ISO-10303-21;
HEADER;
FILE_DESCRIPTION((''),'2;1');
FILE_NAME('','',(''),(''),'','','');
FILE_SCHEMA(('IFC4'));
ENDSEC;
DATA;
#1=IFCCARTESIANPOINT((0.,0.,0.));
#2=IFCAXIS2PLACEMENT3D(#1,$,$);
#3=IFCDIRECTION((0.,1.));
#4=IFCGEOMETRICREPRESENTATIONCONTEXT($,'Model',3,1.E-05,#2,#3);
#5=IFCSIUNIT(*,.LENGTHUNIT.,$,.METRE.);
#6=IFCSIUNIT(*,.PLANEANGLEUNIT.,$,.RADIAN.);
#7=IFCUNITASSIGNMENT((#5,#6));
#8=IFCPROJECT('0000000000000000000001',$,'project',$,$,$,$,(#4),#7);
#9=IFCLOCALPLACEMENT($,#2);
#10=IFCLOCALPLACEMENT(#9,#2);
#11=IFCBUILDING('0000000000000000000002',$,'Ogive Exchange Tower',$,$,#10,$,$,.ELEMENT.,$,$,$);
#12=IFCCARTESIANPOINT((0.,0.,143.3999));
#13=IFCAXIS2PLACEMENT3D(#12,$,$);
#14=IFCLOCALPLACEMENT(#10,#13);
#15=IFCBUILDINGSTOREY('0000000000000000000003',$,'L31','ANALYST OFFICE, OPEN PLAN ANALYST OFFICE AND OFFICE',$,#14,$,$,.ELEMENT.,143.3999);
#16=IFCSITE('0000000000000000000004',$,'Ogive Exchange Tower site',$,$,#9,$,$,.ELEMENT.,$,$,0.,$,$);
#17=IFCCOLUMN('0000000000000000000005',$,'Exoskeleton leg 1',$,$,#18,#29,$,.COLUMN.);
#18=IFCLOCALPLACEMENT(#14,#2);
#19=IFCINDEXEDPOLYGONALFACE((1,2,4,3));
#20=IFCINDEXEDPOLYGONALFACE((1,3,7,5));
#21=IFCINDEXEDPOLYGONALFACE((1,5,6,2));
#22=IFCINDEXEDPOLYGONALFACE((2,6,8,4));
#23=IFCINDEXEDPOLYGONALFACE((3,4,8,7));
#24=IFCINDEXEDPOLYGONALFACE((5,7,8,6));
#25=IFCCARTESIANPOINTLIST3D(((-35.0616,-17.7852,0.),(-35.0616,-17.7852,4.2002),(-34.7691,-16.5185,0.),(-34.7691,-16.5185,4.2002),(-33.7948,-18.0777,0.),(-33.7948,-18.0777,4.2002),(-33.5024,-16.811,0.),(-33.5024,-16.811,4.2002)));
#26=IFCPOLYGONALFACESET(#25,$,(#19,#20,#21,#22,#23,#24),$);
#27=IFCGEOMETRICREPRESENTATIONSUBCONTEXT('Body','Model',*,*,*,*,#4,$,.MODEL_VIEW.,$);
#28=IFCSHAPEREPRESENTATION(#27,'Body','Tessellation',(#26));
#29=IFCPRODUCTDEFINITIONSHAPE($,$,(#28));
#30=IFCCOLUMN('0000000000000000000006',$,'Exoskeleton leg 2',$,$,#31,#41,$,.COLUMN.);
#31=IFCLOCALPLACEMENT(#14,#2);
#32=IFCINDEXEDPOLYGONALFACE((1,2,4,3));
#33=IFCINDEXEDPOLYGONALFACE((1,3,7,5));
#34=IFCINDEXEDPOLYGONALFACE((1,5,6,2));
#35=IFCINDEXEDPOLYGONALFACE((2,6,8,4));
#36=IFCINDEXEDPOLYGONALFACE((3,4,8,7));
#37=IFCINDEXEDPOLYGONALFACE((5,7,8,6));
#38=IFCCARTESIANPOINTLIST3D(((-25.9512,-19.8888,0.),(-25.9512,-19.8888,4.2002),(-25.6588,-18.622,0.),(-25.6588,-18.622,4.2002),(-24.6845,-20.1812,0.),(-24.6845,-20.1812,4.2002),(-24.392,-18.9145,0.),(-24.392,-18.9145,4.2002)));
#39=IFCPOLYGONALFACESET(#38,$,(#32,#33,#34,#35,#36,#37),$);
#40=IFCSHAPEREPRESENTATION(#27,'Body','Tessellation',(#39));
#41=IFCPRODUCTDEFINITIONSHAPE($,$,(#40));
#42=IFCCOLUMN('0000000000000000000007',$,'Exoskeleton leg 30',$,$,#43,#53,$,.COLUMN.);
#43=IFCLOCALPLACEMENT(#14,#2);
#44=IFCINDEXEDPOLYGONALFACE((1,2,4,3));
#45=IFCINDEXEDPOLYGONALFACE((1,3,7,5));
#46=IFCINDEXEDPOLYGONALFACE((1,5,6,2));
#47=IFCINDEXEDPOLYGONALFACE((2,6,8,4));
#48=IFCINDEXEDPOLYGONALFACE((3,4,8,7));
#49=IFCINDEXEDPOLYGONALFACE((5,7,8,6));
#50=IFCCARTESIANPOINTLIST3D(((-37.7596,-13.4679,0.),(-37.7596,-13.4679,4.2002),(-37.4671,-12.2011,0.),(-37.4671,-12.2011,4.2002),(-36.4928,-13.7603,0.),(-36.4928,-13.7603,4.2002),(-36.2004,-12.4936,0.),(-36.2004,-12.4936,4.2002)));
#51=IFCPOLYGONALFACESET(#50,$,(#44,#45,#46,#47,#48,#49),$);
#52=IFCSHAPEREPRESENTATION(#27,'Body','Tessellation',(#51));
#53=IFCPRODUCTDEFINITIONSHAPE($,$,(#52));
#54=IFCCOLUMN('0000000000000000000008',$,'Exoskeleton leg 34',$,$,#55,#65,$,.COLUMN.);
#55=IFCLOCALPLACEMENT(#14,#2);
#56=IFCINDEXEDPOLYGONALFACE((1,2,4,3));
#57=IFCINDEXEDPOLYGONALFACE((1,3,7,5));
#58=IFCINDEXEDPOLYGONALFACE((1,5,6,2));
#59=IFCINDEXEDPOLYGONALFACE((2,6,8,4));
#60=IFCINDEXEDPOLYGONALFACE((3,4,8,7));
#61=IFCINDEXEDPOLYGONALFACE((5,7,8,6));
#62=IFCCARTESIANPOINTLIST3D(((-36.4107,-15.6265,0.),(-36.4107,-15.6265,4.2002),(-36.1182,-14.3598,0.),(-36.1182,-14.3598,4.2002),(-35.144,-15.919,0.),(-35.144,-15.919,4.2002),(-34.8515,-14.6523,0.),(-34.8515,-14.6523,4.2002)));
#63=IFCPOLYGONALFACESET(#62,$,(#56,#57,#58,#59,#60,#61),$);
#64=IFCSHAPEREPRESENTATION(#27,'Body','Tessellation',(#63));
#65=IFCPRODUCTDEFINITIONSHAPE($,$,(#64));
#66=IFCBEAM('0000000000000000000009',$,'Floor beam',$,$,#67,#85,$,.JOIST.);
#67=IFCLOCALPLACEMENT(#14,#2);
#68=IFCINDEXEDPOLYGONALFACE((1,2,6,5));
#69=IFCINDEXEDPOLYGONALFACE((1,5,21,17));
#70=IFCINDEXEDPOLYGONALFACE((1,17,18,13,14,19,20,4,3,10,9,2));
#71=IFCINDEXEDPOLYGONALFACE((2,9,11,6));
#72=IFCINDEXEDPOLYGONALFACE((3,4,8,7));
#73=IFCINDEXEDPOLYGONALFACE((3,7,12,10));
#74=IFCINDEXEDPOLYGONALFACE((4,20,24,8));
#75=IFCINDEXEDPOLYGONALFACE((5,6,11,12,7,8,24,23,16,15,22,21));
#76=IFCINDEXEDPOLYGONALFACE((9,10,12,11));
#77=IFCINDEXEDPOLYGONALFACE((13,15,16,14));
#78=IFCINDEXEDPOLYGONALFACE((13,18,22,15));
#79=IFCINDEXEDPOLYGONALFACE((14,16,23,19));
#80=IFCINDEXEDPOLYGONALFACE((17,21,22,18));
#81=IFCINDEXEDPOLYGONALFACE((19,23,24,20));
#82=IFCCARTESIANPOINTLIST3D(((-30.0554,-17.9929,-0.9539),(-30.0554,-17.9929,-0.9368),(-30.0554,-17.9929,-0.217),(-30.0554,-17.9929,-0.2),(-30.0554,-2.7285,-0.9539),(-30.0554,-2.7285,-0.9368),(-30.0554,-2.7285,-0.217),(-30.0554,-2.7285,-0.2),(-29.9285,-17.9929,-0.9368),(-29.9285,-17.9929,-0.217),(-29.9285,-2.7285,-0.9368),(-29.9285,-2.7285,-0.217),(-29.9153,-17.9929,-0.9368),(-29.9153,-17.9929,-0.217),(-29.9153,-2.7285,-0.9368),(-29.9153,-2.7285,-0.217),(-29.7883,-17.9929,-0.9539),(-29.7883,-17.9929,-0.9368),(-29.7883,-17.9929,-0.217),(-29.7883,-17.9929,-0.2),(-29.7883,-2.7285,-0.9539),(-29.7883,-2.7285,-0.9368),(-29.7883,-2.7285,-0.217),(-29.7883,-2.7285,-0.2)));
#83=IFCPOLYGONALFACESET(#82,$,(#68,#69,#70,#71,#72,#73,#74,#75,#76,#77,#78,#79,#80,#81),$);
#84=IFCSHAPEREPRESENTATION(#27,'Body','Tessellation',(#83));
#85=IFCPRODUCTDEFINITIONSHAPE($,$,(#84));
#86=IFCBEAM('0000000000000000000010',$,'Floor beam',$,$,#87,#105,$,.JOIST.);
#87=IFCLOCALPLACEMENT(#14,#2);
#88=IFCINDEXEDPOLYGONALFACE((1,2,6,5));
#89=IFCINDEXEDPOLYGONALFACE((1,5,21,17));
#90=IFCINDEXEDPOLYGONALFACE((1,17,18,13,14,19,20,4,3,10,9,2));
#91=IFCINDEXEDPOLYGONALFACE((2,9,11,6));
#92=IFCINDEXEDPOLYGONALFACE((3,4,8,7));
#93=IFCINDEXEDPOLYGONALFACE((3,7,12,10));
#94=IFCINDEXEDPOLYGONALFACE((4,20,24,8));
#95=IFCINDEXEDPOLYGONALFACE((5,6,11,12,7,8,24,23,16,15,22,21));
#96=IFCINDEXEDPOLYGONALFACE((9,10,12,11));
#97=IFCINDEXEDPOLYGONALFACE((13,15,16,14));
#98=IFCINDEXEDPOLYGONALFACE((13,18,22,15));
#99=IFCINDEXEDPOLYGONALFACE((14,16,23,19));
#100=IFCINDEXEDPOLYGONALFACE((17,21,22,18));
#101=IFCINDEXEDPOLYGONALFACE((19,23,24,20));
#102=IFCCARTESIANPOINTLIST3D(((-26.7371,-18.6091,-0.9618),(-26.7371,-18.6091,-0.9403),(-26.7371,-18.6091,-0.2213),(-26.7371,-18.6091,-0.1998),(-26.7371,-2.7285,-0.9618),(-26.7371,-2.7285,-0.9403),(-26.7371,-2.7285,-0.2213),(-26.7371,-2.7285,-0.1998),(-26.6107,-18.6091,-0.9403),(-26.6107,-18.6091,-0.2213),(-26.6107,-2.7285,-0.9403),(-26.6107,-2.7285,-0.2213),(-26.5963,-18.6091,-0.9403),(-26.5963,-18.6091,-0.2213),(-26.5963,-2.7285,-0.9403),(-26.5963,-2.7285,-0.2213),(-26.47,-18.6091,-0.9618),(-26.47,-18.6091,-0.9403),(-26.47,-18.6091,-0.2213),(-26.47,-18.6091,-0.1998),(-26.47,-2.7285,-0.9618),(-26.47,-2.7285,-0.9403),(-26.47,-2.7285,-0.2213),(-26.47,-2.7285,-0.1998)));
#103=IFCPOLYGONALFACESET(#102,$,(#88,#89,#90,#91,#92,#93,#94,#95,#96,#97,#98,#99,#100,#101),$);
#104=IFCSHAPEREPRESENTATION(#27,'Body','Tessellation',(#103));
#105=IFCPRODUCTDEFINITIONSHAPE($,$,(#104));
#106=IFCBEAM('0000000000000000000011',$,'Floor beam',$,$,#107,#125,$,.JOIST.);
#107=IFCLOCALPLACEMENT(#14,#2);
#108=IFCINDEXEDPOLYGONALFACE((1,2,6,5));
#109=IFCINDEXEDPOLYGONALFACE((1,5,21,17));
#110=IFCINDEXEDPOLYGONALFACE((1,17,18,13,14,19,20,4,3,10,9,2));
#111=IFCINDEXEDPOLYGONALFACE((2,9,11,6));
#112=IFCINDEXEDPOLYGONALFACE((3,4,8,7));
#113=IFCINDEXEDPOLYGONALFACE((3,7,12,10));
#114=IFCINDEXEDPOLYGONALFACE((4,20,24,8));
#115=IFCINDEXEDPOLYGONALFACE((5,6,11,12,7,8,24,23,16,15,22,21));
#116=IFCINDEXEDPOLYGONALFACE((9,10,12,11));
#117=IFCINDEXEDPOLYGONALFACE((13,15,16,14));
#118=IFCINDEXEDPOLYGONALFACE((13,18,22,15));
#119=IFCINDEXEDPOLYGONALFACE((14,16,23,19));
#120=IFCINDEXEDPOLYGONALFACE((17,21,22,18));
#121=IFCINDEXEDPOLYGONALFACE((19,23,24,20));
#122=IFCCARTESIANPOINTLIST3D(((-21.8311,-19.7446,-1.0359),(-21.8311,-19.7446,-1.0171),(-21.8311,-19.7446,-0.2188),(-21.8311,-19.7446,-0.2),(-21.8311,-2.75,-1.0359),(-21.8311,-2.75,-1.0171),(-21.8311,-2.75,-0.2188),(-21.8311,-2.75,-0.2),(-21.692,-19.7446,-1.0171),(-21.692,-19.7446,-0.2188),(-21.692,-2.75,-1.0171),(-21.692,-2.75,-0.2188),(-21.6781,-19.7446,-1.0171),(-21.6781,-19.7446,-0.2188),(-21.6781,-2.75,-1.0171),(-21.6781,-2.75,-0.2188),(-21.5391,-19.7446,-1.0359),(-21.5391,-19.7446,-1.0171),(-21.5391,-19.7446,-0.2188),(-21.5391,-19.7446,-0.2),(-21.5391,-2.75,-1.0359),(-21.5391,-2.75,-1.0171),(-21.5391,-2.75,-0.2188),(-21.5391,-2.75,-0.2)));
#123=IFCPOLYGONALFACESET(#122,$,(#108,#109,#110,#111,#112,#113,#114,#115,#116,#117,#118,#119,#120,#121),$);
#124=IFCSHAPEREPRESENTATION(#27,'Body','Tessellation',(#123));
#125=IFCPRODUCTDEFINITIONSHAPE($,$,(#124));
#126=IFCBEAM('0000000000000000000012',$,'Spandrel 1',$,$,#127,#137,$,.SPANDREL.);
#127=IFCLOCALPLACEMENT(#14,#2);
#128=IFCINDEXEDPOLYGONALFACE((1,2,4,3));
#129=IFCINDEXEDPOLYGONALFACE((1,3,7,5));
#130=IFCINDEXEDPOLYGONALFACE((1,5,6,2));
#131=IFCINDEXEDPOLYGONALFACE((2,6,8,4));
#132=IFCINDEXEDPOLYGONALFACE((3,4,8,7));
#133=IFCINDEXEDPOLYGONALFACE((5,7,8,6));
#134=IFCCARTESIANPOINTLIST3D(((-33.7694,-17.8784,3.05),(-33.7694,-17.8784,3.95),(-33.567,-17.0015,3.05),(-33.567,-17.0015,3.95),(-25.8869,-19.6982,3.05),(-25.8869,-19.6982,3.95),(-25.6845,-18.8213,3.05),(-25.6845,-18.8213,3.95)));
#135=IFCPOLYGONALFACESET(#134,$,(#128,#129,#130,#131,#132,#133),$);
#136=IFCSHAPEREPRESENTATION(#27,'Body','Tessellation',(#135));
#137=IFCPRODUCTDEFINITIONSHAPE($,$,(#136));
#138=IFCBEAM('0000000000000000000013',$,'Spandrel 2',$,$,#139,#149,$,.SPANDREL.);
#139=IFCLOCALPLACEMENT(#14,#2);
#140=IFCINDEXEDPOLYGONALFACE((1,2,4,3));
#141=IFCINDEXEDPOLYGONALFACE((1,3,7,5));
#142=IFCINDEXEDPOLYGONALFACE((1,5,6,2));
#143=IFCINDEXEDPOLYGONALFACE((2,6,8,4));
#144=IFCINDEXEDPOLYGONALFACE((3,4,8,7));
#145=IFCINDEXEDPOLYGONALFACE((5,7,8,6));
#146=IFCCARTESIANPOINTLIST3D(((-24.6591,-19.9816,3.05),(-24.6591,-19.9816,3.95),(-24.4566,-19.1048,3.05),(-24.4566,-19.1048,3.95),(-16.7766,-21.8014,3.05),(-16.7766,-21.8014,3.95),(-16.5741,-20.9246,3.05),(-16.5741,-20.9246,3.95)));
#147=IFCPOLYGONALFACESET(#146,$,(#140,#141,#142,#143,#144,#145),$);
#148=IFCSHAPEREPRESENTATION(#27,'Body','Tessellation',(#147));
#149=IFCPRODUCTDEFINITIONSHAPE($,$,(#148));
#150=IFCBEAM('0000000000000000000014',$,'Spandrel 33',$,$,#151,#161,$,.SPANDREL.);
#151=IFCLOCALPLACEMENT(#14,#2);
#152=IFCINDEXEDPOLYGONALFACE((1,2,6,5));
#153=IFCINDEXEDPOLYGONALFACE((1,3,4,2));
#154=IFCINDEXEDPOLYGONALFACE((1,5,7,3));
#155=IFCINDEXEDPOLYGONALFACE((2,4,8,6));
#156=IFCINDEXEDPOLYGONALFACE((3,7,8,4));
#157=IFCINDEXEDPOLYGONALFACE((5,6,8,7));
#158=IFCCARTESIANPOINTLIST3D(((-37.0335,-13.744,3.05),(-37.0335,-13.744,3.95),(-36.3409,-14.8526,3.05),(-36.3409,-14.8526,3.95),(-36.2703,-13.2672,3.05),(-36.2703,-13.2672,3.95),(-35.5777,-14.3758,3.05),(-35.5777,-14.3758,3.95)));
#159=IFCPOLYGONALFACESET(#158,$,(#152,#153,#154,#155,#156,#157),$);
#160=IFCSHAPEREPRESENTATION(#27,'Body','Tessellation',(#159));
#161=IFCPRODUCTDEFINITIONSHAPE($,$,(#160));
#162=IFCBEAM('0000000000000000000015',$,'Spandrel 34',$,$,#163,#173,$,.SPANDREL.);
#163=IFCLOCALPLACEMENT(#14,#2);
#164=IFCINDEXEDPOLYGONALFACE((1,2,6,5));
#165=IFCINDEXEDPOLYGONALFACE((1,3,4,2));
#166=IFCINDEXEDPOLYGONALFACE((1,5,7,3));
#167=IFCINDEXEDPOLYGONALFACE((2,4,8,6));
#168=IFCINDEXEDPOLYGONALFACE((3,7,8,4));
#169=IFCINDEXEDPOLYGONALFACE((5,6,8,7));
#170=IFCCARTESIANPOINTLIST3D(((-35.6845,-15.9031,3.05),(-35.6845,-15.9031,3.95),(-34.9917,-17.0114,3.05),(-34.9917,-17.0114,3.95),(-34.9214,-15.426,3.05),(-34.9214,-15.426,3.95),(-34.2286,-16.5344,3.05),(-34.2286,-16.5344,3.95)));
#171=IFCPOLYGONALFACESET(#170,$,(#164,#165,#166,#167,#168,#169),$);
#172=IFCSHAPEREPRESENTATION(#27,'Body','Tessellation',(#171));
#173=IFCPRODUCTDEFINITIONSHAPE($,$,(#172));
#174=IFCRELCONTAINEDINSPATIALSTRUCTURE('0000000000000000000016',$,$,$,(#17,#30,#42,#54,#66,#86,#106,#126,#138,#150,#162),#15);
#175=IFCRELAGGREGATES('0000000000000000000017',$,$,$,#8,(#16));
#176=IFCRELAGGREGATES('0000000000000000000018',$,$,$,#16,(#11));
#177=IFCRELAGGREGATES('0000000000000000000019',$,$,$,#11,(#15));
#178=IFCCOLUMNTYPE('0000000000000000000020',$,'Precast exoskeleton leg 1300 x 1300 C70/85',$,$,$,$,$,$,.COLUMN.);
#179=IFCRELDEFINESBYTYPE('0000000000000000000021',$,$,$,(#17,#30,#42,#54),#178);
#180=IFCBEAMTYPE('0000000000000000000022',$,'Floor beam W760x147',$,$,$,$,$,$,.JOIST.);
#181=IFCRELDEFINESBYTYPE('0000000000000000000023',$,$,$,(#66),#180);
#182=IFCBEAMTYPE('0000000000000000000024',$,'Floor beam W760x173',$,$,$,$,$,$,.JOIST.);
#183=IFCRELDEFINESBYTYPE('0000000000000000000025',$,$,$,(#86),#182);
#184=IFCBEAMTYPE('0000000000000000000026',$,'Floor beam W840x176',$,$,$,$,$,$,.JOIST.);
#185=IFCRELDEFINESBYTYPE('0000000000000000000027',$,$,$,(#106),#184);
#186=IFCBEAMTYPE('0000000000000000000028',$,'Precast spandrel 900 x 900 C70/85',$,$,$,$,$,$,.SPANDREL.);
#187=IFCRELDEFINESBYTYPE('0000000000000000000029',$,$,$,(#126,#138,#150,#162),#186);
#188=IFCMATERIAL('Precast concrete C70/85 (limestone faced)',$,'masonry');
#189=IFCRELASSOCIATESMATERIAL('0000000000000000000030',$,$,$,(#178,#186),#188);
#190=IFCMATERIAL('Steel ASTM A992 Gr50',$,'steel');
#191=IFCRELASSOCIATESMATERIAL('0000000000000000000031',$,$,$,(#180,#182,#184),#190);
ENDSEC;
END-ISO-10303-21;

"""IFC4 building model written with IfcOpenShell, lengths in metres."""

from ifc_helpers import new_model, si_unit, direction, frame, origin, origin_2d, place, context, subcontext, project, spatial, rectangle, i_section, extrude, material, material_profile, profile_set, type_object, element, save


model = new_model("IFC4")

# Units and contexts
model_context = context("Model", 3, precision=1e-05, world=origin(), true_north=direction((0.0, 1.0)))
body_context = subcontext(model_context, "Body", "Model", "MODEL_VIEW")
ifc_project = project(units=[si_unit("LENGTHUNIT", "METRE"), si_unit("PLANEANGLEUNIT", "RADIAN")], contexts=[model_context])

# Site, building, storey
site_placement = place(None, origin())
site = spatial("IfcSite", under=ifc_project, at=site_placement, Name="Ogive Exchange Tower site", CompositionType="ELEMENT", RefElevation=0.0)
building_placement = place(site_placement, origin())
building = spatial("IfcBuilding", under=site, at=building_placement, Name="Ogive Exchange Tower", CompositionType="ELEMENT")
storey_placement = place(building_placement, frame((0.0, 0.0, 143.3999)))
storey = spatial("IfcBuildingStorey", under=building, at=storey_placement, Name="L31", Description="ANALYST OFFICE, OPEN PLAN ANALYST OFFICE AND OFFICE", CompositionType="ELEMENT", Elevation=143.3999)

# Columns
ifc_material_1 = material(Name="Precast concrete C70/85 (limestone faced)", Category="masonry")
ifc_material_profile_1 = material_profile(ifc_material_1, rectangle(XDim=1.3, YDim=1.3, at=origin_2d()), Name="1300 x 1300")
ifc_profile_set_1 = profile_set([ifc_material_profile_1], Name="Precast concrete C70/85 (limestone faced)")
column_type = type_object("IfcColumnType", Name="Precast exoskeleton leg 1300 x 1300 C70/85", PredefinedType="COLUMN", material=ifc_profile_set_1)
for number, where, z_axis, x_axis, name in (
    (1, (-34.282, -17.2981, 0.0), (0.0, 0.0, 1.0), (0.97437, -0.224951, 0.0), "Exoskeleton leg 1"),
    (2, (-25.1716, -19.4016, 0.0), (0.0, 0.0, 1.0), (0.97437, -0.224951, 0.0), "Exoskeleton leg 2"),
    (3, (-36.98, -12.9807, 0.0), (0.0, 0.0, 1.0), (0.97437, -0.224951, 0.0), "Exoskeleton leg 30"),
    (4, (-35.6311, -15.1394, 0.0), (0.0, 0.0, 1.0), (0.97437, -0.224951, 0.0), "Exoskeleton leg 34"),
):
    element("IfcColumn", number, at=place(storey_placement, frame(where, z_axis=z_axis, x_axis=x_axis)), inside=storey, type_object=column_type, Name=name, PredefinedType="COLUMN", context=body_context, shape_type="SweptSolid", body=[
        extrude(rectangle(XDim=1.3, YDim=1.3, at=origin_2d()), origin(), (0.0, 0.0, 1.0), 4.2002),
    ])

# Beams
ifc_material_2 = material(Name="Steel ASTM A992 Gr50", Category="steel")
ifc_material_profile_2 = material_profile(ifc_material_2, i_section(OverallWidth=0.2671, OverallDepth=0.7539, WebThickness=0.0132, FlangeThickness=0.0171, at=origin_2d()), Name="W760x147")
ifc_profile_set_2 = profile_set([ifc_material_profile_2], Name="Steel ASTM A992 Gr50")
beam_type_1 = type_object("IfcBeamType", Name="Floor beam W760x147", PredefinedType="JOIST", material=ifc_profile_set_2)
beam_1_placement = place(storey_placement, frame((-29.9219, -17.9929, -0.5769), z_axis=(0.0, 1.0, 0.0), x_axis=(-1.0, 0.0, 0.0)))
element("IfcBeam", 5, at=beam_1_placement, inside=storey, type_object=beam_type_1, Name="Floor beam", PredefinedType="JOIST", context=body_context, shape_type="SweptSolid", body=[
    extrude(i_section(OverallWidth=0.2671, OverallDepth=0.7539, WebThickness=0.0132, FlangeThickness=0.0171, at=origin_2d()), origin(), (0.0, 0.0, 1.0), 15.2644),
])
ifc_material_profile_3 = material_profile(ifc_material_2, i_section(OverallWidth=0.2671, OverallDepth=0.762, WebThickness=0.0144, FlangeThickness=0.0215, at=origin_2d()), Name="W760x173")
ifc_profile_set_3 = profile_set([ifc_material_profile_3], Name="Steel ASTM A992 Gr50")
beam_type_2 = type_object("IfcBeamType", Name="Floor beam W760x173", PredefinedType="JOIST", material=ifc_profile_set_3)
beam_2_placement = place(storey_placement, frame((-26.6035, -18.6091, -0.5808), z_axis=(0.0, 1.0, 0.0), x_axis=(-1.0, 0.0, 0.0)))
element("IfcBeam", 6, at=beam_2_placement, inside=storey, type_object=beam_type_2, Name="Floor beam", PredefinedType="JOIST", context=body_context, shape_type="SweptSolid", body=[
    extrude(i_section(OverallWidth=0.2671, OverallDepth=0.762, WebThickness=0.0144, FlangeThickness=0.0215, at=origin_2d()), origin(), (0.0, 0.0, 1.0), 15.8806),
])
ifc_material_profile_4 = material_profile(ifc_material_2, i_section(OverallWidth=0.292, OverallDepth=0.8359, WebThickness=0.0139, FlangeThickness=0.0188, at=origin_2d()), Name="W840x176")
ifc_profile_set_4 = profile_set([ifc_material_profile_4], Name="Steel ASTM A992 Gr50")
beam_type_3 = type_object("IfcBeamType", Name="Floor beam W840x176", PredefinedType="JOIST", material=ifc_profile_set_4)
beam_3_placement = place(storey_placement, frame((-21.6851, -19.7446, -0.6179), z_axis=(0.0, 1.0, 0.0), x_axis=(-1.0, 0.0, 0.0)))
element("IfcBeam", 7, at=beam_3_placement, inside=storey, type_object=beam_type_3, Name="Floor beam", PredefinedType="JOIST", context=body_context, shape_type="SweptSolid", body=[
    extrude(i_section(OverallWidth=0.292, OverallDepth=0.8359, WebThickness=0.0139, FlangeThickness=0.0188, at=origin_2d()), origin(), (0.0, 0.0, 1.0), 16.9946),
])
ifc_material_profile_5 = material_profile(ifc_material_1, rectangle(XDim=0.8999, YDim=0.8999, at=origin_2d()), Name="900 x 900")
ifc_profile_set_5 = profile_set([ifc_material_profile_5], Name="Precast concrete C70/85 (limestone faced)")
beam_type_4 = type_object("IfcBeamType", Name="Precast spandrel 900 x 900 C70/85", PredefinedType="SPANDREL", material=ifc_profile_set_5)
for number, where, z_axis, x_axis, name in (
    (8, (-33.6682, -17.4399, 3.5), (0.97437, -0.22495, 0.0), (0.22495, 0.97437, 0.0), "Spandrel 1"),
    (9, (-24.5579, -19.5432, 3.5), (0.97437, -0.22495, 0.0), (0.22495, 0.97437, 0.0), "Spandrel 2"),
):
    element("IfcBeam", number, at=place(storey_placement, frame(where, z_axis=z_axis, x_axis=x_axis)), inside=storey, type_object=beam_type_4, Name=name, PredefinedType="SPANDREL", context=body_context, shape_type="SweptSolid", body=[
        extrude(rectangle(XDim=0.8999, YDim=0.8999, at=origin_2d()), origin(), (0.0, 0.0, 1.0), 8.0898),
    ])
for number, where, z_axis, x_axis, name in (
    (10, (-36.6519, -13.5056, 3.5), (0.529848, -0.848093, 0.0), (0.848093, 0.529848, 0.0), "Spandrel 33"),
    (11, (-35.303, -15.6646, 3.5), (0.530066, -0.847956, 0.0), (0.847956, 0.530066, 0.0), "Spandrel 34"),
):
    element("IfcBeam", number, at=place(storey_placement, frame(where, z_axis=z_axis, x_axis=x_axis)), inside=storey, type_object=beam_type_4, Name=name, PredefinedType="SPANDREL", context=body_context, shape_type="SweptSolid", body=[
        extrude(rectangle(XDim=0.8999, YDim=0.8999, at=origin_2d()), origin(), (0.0, 0.0, 1.0), 1.3071),
    ])

save(model, "model.ifc")
